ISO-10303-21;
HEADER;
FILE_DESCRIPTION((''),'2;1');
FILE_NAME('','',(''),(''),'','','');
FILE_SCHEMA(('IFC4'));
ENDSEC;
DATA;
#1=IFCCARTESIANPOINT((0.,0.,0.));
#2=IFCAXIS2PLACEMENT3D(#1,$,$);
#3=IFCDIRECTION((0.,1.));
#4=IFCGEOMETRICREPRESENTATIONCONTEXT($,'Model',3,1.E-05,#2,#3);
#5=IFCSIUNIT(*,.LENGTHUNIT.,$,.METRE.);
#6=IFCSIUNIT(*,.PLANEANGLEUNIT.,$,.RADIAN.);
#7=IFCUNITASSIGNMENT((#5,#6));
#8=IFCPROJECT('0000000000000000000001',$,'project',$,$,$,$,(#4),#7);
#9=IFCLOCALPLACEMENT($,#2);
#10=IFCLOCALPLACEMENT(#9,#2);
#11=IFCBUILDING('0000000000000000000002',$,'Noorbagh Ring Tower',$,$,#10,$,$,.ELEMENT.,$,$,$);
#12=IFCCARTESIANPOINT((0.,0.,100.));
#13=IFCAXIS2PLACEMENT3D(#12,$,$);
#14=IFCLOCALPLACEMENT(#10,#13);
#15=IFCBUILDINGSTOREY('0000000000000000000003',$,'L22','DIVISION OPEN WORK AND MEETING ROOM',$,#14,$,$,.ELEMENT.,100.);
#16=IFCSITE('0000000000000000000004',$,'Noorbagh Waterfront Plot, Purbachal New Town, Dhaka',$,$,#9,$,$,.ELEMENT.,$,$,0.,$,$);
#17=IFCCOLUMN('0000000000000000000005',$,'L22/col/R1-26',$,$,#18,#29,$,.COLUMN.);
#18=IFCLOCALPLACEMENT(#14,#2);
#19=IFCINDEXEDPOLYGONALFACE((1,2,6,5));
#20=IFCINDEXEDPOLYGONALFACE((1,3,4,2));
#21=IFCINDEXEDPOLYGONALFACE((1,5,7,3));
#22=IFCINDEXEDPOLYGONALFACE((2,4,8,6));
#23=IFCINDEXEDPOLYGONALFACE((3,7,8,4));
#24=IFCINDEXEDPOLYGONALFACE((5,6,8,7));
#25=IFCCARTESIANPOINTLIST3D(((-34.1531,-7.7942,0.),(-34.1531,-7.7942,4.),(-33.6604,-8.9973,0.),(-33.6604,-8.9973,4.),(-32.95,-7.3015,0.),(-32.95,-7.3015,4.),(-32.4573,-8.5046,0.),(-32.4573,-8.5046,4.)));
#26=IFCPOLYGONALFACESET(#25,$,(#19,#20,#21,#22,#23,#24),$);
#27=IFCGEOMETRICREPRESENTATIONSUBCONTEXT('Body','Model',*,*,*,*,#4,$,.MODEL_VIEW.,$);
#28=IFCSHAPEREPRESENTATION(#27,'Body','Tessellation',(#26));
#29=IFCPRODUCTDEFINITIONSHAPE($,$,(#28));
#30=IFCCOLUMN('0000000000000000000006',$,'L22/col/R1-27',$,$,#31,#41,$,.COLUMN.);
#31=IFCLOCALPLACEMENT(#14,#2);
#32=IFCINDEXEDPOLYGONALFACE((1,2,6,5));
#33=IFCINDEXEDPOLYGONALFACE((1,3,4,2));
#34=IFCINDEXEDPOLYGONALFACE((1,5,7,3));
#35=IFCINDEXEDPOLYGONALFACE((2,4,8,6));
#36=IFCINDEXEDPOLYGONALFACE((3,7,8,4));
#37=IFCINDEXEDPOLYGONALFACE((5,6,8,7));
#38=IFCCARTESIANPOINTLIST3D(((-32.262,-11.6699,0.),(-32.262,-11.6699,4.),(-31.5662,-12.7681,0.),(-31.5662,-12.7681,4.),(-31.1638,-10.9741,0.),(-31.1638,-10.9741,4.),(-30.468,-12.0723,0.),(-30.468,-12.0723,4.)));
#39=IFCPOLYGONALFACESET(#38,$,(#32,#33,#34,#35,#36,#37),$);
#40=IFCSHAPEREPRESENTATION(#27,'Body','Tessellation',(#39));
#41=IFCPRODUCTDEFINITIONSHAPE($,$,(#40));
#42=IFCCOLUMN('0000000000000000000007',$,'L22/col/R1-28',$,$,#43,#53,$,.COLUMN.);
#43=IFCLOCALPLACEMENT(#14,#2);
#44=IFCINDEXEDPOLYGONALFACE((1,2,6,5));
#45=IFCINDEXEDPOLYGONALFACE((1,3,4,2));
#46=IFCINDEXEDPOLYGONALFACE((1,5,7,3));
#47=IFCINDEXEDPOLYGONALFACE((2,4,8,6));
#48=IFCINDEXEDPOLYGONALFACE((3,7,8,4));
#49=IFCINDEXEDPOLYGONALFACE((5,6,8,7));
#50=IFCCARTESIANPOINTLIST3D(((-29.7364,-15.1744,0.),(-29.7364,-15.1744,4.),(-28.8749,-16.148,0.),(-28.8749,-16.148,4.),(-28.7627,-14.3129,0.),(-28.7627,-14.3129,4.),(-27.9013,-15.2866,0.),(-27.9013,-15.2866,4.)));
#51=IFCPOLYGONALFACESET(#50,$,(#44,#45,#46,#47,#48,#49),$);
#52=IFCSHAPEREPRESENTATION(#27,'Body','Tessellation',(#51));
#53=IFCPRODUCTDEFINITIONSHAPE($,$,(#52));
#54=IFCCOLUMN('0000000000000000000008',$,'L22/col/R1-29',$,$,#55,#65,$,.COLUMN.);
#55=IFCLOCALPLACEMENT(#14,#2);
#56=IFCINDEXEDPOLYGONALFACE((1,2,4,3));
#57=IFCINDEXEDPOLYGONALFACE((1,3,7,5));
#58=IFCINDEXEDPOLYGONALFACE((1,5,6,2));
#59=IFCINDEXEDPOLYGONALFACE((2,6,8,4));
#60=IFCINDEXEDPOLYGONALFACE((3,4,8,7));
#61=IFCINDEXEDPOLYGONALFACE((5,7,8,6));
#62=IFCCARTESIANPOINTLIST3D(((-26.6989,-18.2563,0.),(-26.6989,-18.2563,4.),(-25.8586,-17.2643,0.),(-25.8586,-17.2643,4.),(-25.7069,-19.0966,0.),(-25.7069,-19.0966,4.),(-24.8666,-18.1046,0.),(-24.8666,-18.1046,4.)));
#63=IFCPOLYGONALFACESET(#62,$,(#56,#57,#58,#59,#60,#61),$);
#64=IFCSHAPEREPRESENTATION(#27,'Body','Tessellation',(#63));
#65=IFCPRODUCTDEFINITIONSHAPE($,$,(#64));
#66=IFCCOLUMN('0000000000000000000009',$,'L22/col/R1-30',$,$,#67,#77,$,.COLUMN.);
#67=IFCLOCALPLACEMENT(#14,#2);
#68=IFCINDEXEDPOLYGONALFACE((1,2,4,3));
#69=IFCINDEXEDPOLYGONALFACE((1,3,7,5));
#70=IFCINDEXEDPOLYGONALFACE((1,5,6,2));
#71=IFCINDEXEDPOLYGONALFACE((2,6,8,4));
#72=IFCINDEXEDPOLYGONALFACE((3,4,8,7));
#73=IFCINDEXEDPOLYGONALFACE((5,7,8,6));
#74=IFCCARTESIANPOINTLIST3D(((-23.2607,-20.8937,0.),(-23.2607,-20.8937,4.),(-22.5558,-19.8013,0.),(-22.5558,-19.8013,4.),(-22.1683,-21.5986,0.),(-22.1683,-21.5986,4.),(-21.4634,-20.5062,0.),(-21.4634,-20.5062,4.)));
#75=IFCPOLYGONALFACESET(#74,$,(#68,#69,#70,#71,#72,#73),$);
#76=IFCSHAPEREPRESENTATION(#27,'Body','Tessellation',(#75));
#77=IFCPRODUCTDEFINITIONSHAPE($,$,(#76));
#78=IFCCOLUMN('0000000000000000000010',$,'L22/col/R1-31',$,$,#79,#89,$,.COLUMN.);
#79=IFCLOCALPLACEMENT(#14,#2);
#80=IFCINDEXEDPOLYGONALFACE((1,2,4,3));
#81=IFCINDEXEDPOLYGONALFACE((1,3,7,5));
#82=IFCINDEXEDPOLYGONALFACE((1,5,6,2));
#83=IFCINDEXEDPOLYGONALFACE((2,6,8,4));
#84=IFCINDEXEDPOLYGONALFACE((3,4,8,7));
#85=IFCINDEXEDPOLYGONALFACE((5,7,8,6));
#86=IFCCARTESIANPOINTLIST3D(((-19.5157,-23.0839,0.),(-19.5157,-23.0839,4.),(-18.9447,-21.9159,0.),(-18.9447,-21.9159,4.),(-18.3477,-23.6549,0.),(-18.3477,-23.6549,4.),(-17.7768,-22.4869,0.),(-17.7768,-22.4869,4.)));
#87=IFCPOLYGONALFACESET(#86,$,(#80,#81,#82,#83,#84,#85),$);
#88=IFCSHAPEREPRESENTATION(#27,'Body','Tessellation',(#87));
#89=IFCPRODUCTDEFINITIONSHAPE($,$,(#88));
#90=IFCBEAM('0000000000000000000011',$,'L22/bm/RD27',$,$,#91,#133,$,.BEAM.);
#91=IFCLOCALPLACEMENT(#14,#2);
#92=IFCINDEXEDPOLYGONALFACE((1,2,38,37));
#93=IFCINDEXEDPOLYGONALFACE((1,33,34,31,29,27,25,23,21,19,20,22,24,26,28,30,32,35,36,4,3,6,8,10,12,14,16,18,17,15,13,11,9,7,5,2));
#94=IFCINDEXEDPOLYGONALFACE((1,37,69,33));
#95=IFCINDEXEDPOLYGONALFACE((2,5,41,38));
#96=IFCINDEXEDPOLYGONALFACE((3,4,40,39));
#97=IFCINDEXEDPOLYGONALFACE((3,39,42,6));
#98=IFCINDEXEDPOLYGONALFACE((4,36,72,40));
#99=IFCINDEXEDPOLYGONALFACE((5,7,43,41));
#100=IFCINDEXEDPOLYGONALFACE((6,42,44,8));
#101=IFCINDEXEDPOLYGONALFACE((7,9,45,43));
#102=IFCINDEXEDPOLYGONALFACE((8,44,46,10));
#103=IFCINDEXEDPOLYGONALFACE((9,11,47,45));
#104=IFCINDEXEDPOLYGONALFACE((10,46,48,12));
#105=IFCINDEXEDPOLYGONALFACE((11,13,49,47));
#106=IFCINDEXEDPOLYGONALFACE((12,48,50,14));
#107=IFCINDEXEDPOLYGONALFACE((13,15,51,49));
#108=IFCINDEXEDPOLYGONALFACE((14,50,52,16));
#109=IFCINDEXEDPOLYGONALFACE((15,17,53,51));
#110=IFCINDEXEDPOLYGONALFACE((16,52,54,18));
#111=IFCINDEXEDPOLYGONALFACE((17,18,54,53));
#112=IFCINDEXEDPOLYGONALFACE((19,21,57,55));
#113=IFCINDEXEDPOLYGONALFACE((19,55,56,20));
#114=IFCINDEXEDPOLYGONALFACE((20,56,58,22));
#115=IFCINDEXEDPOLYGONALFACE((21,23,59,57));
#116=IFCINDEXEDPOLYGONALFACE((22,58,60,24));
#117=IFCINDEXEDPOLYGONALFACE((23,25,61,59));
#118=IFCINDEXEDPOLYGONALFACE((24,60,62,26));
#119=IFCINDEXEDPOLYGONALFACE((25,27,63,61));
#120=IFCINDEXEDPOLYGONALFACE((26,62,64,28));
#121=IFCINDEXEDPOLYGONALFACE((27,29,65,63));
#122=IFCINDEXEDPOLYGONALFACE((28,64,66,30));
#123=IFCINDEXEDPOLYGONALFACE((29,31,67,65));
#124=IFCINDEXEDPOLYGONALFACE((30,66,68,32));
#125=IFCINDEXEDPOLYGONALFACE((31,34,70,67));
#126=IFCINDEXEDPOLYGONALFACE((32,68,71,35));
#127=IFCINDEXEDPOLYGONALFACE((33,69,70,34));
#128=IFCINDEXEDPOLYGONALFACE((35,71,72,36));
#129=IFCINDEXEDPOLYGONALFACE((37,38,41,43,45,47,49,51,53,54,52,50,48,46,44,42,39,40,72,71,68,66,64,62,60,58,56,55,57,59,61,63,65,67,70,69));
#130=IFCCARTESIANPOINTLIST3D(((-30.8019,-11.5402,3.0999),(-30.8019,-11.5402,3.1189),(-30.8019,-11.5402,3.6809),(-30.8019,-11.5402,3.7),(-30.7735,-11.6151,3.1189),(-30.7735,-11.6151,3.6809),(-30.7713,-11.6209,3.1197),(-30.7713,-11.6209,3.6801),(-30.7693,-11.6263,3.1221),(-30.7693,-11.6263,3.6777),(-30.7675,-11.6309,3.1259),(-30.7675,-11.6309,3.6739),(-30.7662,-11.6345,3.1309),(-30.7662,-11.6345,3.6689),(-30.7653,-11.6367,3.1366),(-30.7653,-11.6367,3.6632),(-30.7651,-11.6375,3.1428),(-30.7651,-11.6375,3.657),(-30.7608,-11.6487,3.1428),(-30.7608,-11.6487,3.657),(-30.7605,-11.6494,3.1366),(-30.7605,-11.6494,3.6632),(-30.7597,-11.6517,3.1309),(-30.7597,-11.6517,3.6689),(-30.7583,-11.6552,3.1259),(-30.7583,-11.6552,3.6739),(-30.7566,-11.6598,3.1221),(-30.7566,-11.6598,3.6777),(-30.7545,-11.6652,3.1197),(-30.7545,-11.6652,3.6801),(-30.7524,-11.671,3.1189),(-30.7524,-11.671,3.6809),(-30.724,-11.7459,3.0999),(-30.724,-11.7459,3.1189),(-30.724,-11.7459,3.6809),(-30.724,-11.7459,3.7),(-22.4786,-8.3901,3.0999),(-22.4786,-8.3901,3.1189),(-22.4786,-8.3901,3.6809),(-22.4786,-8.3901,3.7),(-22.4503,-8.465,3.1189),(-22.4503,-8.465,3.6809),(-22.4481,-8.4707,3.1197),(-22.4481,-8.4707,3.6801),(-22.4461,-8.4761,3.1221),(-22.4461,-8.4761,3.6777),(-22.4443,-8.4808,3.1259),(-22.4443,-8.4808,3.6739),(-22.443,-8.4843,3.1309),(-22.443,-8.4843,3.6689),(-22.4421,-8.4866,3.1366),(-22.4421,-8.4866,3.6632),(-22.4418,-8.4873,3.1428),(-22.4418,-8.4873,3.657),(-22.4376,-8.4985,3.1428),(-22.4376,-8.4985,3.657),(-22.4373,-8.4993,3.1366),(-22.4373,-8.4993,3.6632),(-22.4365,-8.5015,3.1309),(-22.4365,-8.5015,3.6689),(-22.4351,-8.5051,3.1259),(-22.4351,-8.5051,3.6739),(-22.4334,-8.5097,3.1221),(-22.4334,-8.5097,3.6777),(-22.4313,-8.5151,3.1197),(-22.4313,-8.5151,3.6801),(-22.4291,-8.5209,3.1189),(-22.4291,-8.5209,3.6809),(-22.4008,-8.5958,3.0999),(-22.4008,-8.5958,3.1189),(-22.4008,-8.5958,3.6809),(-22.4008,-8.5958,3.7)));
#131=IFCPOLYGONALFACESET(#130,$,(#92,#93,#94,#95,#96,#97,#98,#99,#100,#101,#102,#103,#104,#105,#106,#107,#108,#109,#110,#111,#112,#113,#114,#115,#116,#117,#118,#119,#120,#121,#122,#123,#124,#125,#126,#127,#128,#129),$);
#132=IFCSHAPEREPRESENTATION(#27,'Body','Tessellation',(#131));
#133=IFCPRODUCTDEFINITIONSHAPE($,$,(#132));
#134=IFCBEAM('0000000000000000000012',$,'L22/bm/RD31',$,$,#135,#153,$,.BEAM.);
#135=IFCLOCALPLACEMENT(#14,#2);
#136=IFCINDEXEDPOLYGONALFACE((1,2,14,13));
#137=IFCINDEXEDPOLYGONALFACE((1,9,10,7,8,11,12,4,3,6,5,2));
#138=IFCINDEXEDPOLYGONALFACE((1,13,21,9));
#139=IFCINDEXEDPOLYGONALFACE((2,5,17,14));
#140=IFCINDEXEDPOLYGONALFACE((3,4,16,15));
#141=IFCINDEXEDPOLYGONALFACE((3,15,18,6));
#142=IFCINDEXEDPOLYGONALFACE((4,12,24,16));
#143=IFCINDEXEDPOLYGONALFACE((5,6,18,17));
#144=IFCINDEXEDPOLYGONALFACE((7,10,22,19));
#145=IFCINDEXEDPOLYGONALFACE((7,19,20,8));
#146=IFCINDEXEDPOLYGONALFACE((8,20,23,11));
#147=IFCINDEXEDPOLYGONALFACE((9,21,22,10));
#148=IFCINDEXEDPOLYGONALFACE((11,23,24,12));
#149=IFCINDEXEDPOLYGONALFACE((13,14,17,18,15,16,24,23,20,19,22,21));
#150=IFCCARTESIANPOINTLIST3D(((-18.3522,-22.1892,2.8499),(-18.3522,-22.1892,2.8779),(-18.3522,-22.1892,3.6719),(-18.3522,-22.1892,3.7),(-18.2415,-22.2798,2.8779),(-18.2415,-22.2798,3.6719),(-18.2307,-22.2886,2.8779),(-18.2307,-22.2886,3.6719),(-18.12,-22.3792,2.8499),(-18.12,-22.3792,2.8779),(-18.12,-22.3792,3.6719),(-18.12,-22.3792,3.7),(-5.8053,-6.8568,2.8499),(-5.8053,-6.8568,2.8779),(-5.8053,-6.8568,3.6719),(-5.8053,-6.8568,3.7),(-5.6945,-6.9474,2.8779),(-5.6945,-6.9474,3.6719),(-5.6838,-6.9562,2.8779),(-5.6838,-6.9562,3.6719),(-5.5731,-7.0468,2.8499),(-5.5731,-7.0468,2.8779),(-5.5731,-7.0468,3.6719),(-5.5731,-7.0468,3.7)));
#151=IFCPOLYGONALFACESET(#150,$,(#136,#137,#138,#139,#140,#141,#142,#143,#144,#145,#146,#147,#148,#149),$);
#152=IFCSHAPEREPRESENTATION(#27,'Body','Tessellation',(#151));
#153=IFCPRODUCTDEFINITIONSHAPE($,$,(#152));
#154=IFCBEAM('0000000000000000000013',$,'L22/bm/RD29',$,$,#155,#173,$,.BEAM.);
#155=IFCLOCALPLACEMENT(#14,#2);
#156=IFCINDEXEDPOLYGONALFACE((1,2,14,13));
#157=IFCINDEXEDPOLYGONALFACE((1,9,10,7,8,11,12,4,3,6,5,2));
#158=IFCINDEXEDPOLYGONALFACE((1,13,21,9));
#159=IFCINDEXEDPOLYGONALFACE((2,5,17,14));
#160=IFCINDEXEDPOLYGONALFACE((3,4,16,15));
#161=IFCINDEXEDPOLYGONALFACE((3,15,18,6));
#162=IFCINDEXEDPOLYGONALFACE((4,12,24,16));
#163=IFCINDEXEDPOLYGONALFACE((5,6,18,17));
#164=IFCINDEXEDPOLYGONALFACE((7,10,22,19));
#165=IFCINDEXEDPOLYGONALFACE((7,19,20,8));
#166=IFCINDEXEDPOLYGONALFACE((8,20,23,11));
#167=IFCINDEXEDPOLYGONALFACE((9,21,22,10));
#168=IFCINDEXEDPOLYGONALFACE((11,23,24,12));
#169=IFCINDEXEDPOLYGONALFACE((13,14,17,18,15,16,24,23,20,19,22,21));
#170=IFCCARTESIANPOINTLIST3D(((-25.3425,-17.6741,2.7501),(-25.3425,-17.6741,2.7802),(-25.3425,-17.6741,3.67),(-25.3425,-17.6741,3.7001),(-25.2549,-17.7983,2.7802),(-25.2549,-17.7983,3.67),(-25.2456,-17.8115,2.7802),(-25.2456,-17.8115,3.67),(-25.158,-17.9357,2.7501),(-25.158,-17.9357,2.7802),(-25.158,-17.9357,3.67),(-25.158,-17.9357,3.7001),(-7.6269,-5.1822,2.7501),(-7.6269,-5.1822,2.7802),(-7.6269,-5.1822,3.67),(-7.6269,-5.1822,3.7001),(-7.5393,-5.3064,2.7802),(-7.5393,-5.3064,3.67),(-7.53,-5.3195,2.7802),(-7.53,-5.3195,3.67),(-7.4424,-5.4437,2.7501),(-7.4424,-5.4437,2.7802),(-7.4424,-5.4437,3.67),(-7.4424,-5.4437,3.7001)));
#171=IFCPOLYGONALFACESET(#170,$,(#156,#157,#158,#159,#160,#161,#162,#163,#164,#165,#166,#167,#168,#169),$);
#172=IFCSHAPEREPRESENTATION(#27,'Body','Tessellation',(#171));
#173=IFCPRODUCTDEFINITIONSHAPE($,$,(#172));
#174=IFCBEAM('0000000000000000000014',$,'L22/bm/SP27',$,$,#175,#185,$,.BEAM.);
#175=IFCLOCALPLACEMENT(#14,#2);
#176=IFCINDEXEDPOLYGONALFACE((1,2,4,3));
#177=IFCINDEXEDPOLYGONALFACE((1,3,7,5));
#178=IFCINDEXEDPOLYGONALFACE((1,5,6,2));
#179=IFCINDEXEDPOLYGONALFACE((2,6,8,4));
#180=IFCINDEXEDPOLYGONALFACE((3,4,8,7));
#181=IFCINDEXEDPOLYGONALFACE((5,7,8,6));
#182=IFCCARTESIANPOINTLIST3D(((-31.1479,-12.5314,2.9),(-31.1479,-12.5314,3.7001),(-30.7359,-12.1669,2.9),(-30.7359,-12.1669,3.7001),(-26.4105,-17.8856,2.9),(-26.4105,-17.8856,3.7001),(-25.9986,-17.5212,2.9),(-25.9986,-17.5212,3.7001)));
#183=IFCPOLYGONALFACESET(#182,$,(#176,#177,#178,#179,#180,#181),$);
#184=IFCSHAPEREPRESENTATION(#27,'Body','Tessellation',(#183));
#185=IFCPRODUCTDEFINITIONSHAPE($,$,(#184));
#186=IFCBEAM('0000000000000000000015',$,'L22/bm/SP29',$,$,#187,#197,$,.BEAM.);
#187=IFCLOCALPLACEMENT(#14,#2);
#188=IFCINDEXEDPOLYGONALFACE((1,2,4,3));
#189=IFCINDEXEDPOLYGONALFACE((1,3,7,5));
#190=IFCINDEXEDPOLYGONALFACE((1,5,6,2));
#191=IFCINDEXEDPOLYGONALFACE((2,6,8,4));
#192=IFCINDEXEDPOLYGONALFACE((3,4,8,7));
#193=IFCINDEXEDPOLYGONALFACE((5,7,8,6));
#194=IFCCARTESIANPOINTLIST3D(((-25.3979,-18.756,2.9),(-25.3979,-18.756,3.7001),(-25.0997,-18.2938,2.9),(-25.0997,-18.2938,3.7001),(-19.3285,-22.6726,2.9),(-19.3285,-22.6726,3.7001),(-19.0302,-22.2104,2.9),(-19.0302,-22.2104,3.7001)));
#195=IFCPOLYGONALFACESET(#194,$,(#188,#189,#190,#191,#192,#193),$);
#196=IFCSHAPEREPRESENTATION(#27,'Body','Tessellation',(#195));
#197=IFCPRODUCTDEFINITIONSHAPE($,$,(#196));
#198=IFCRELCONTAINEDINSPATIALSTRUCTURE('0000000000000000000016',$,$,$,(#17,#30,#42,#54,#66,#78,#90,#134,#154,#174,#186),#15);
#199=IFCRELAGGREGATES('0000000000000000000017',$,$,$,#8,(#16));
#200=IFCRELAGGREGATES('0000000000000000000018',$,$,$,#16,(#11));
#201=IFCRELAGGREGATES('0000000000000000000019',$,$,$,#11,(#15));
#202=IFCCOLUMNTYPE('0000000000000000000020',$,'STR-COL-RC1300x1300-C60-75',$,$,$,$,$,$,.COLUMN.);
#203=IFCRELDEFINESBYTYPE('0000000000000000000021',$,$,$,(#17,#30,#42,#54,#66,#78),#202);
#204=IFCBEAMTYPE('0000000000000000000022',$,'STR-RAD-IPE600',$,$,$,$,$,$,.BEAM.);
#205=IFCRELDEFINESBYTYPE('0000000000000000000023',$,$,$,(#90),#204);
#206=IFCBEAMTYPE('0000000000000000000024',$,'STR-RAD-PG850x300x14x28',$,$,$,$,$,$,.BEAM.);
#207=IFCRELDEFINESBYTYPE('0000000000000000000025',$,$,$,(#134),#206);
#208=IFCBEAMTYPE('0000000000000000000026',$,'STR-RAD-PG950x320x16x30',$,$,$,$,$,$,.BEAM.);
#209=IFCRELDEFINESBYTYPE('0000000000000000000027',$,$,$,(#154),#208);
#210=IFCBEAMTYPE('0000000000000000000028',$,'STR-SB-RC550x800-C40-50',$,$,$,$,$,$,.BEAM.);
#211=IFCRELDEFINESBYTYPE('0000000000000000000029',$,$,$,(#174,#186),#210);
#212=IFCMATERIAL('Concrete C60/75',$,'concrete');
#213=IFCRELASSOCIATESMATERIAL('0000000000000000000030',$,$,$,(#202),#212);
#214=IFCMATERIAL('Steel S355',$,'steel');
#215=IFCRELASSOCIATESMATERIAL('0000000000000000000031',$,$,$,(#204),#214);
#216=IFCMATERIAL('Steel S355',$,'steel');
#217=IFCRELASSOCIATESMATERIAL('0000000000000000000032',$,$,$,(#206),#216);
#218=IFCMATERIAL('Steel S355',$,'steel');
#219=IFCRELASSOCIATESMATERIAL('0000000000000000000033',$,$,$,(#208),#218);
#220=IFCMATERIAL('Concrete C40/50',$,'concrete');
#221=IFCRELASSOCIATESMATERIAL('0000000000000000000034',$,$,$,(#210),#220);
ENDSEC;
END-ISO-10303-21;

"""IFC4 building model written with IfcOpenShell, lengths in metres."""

from ifc_helpers import new_model, si_unit, direction, frame, origin, origin_2d, place, context, subcontext, project, spatial, rectangle, i_section, extrude, material, material_profile, profile_set, type_object, element, save


model = new_model("IFC4")

# Units and contexts
model_context = context("Model", 3, precision=1e-05, world=origin(), true_north=direction((0.0, 1.0)))
body_context = subcontext(model_context, "Body", "Model", "MODEL_VIEW")
ifc_project = project(units=[si_unit("LENGTHUNIT", "METRE"), si_unit("PLANEANGLEUNIT", "RADIAN")], contexts=[model_context])

# Site, building, storey
site_placement = place(None, origin())
site = spatial("IfcSite", under=ifc_project, at=site_placement, Name="Noorbagh Waterfront Plot, Purbachal New Town, Dhaka", CompositionType="ELEMENT", RefElevation=0.0)
building_placement = place(site_placement, origin())
building = spatial("IfcBuilding", under=site, at=building_placement, Name="Noorbagh Ring Tower", CompositionType="ELEMENT")
storey_placement = place(building_placement, frame((0.0, 0.0, 100.0)))
storey = spatial("IfcBuildingStorey", under=building, at=storey_placement, Name="L22", Description="DIVISION OPEN WORK AND MEETING ROOM", CompositionType="ELEMENT", Elevation=100.0)

# Columns
ifc_material_1 = material(Name="Concrete C60/75", Category="concrete")
ifc_material_profile_1 = material_profile(ifc_material_1, rectangle(XDim=1.3, YDim=1.3, at=origin_2d()), Name="RC1300x1300")
ifc_profile_set_1 = profile_set([ifc_material_profile_1], Name="Concrete C60/75")
column_type = type_object("IfcColumnType", Name="STR-COL-RC1300x1300-C60-75", PredefinedType="COLUMN", material=ifc_profile_set_1)
for number, where, z_axis, x_axis, name in (
    (1, (-33.3052, -8.1494, 0.0), (0.0, 0.0, 1.0), (0.378989, -0.925401, 0.0), "L22/col/R1-26"),
    (2, (-31.365, -11.8711, 0.0), (0.0, 0.0, 1.0), (0.53519, -0.844731, 0.0), "L22/col/R1-27"),
    (3, (-28.8188, -15.2305, 0.0), (0.0, 0.0, 1.0), (0.662636, -0.748942, 0.0), "L22/col/R1-28"),
    (4, (-25.7827, -18.1804, 0.0), (0.0, 0.0, 1.0), (0.763035, -0.646357, 0.0), "L22/col/R1-29"),
    (5, (-22.3621, -20.7, 0.0), (0.0, 0.0, 1.0), (0.840248, -0.542203, 0.0), "L22/col/R1-30"),
    (6, (-18.6462, -22.7854, 0.0), (0.0, 0.0, 1.0), (0.898399, -0.43918, 0.0), "L22/col/R1-31"),
):
    element("IfcColumn", number, at=place(storey_placement, frame(where, z_axis=z_axis, x_axis=x_axis)), inside=storey, type_object=column_type, Name=name, PredefinedType="COLUMN", context=body_context, shape_type="SweptSolid", body=[
        extrude(rectangle(XDim=1.3, YDim=1.3, at=origin_2d()), origin(), (0.0, 0.0, 1.0), 4.0),
    ])

# Beams
ifc_material_2 = material(Name="Steel S355", Category="steel")
ifc_material_profile_2 = material_profile(ifc_material_2, i_section(OverallWidth=0.22, OverallDepth=0.6001, WebThickness=0.012, FlangeThickness=0.019, FilletRadius=0.0239, at=origin_2d()), Name="IPE600")
ifc_profile_set_2 = profile_set([ifc_material_profile_2], Name="Steel S355")
beam_type_1 = type_object("IfcBeamType", Name="STR-RAD-IPE600", PredefinedType="BEAM", material=ifc_profile_set_2)
beam_1_placement = place(storey_placement, frame((-30.7629, -11.6431, 3.3999), z_axis=(0.935256, 0.353972, 0.0), x_axis=(-0.353972, 0.935256, 0.0)))
element("IfcBeam", 7, at=beam_1_placement, inside=storey, type_object=beam_type_1, Name="L22/bm/RD27", PredefinedType="BEAM", context=body_context, shape_type="SweptSolid", body=[
    extrude(i_section(OverallWidth=0.22, OverallDepth=0.6001, WebThickness=0.012, FlangeThickness=0.019, FilletRadius=0.0239, at=origin_2d()), origin(), (0.0, 0.0, 1.0), 8.8994),
])
ifc_material_3 = material(Name="Steel S355", Category="steel")
ifc_material_profile_3 = material_profile(ifc_material_3, i_section(OverallWidth=0.3, OverallDepth=0.8501, WebThickness=0.0139, FlangeThickness=0.0281, at=origin_2d()), Name="PG850x300x14x28")
ifc_profile_set_3 = profile_set([ifc_material_profile_3], Name="Steel S355")
beam_type_2 = type_object("IfcBeamType", Name="STR-RAD-PG850x300x14x28", PredefinedType="BEAM", material=ifc_profile_set_3)
beam_2_placement = place(storey_placement, frame((-18.2361, -22.2842, 3.2749), z_axis=(0.633307, 0.773901, 0.0), x_axis=(-0.773901, 0.633307, 0.0)))
element("IfcBeam", 8, at=beam_2_placement, inside=storey, type_object=beam_type_2, Name="L22/bm/RD31", PredefinedType="BEAM", context=body_context, shape_type="SweptSolid", body=[
    extrude(i_section(OverallWidth=0.3, OverallDepth=0.8501, WebThickness=0.0139, FlangeThickness=0.0281, at=origin_2d()), origin(), (0.0, 0.0, 1.0), 19.8118),
])
ifc_material_4 = material(Name="Steel S355", Category="steel")
ifc_material_profile_4 = material_profile(ifc_material_4, i_section(OverallWidth=0.3201, OverallDepth=0.95, WebThickness=0.0161, FlangeThickness=0.03, at=origin_2d()), Name="PG950x320x16x30")
ifc_profile_set_4 = profile_set([ifc_material_profile_4], Name="Steel S355")
beam_type_3 = type_object("IfcBeamType", Name="STR-RAD-PG950x320x16x30", PredefinedType="BEAM", material=ifc_profile_set_4)
beam_3_placement = place(storey_placement, frame((-25.2502, -17.8049, 3.2251), z_axis=(0.817254, 0.576278, 0.0), x_axis=(-0.576278, 0.817254, 0.0)))
element("IfcBeam", 9, at=beam_3_placement, inside=storey, type_object=beam_type_3, Name="L22/bm/RD29", PredefinedType="BEAM", context=body_context, shape_type="SweptSolid", body=[
    extrude(i_section(OverallWidth=0.3201, OverallDepth=0.95, WebThickness=0.0161, FlangeThickness=0.03, at=origin_2d()), origin(), (0.0, 0.0, 1.0), 21.677),
])
ifc_material_5 = material(Name="Concrete C40/50", Category="concrete")
ifc_material_profile_5 = material_profile(ifc_material_5, rectangle(XDim=0.55, YDim=0.8, at=origin_2d()), Name="RC550x800")
ifc_profile_set_5 = profile_set([ifc_material_profile_5], Name="Concrete C40/50")
beam_type_4 = type_object("IfcBeamType", Name="STR-SB-RC550x800-C40-50", PredefinedType="BEAM", material=ifc_profile_set_5)
beam_4_placement = place(storey_placement, frame((-30.9419, -12.3491, 3.3), z_axis=(0.662641, -0.748937, 0.0), x_axis=(0.748937, 0.662641, 0.0)))
element("IfcBeam", 10, at=beam_4_placement, inside=storey, type_object=beam_type_4, Name="L22/bm/SP27", PredefinedType="BEAM", context=body_context, shape_type="SweptSolid", body=[
    extrude(rectangle(XDim=0.55, YDim=0.8, at=origin_2d()), origin(), (0.0, 0.0, 1.0), 7.1492),
])
beam_5_placement = place(storey_placement, frame((-25.2488, -18.5249, 3.3), z_axis=(0.840246, -0.542205, 0.0), x_axis=(0.542205, 0.840246, 0.0)))
element("IfcBeam", 11, at=beam_5_placement, inside=storey, type_object=beam_type_4, Name="L22/bm/SP29", PredefinedType="BEAM", context=body_context, shape_type="SweptSolid", body=[
    extrude(rectangle(XDim=0.55, YDim=0.8, at=origin_2d()), origin(), (0.0, 0.0, 1.0), 7.2234),
])

save(model, "model.ifc")
